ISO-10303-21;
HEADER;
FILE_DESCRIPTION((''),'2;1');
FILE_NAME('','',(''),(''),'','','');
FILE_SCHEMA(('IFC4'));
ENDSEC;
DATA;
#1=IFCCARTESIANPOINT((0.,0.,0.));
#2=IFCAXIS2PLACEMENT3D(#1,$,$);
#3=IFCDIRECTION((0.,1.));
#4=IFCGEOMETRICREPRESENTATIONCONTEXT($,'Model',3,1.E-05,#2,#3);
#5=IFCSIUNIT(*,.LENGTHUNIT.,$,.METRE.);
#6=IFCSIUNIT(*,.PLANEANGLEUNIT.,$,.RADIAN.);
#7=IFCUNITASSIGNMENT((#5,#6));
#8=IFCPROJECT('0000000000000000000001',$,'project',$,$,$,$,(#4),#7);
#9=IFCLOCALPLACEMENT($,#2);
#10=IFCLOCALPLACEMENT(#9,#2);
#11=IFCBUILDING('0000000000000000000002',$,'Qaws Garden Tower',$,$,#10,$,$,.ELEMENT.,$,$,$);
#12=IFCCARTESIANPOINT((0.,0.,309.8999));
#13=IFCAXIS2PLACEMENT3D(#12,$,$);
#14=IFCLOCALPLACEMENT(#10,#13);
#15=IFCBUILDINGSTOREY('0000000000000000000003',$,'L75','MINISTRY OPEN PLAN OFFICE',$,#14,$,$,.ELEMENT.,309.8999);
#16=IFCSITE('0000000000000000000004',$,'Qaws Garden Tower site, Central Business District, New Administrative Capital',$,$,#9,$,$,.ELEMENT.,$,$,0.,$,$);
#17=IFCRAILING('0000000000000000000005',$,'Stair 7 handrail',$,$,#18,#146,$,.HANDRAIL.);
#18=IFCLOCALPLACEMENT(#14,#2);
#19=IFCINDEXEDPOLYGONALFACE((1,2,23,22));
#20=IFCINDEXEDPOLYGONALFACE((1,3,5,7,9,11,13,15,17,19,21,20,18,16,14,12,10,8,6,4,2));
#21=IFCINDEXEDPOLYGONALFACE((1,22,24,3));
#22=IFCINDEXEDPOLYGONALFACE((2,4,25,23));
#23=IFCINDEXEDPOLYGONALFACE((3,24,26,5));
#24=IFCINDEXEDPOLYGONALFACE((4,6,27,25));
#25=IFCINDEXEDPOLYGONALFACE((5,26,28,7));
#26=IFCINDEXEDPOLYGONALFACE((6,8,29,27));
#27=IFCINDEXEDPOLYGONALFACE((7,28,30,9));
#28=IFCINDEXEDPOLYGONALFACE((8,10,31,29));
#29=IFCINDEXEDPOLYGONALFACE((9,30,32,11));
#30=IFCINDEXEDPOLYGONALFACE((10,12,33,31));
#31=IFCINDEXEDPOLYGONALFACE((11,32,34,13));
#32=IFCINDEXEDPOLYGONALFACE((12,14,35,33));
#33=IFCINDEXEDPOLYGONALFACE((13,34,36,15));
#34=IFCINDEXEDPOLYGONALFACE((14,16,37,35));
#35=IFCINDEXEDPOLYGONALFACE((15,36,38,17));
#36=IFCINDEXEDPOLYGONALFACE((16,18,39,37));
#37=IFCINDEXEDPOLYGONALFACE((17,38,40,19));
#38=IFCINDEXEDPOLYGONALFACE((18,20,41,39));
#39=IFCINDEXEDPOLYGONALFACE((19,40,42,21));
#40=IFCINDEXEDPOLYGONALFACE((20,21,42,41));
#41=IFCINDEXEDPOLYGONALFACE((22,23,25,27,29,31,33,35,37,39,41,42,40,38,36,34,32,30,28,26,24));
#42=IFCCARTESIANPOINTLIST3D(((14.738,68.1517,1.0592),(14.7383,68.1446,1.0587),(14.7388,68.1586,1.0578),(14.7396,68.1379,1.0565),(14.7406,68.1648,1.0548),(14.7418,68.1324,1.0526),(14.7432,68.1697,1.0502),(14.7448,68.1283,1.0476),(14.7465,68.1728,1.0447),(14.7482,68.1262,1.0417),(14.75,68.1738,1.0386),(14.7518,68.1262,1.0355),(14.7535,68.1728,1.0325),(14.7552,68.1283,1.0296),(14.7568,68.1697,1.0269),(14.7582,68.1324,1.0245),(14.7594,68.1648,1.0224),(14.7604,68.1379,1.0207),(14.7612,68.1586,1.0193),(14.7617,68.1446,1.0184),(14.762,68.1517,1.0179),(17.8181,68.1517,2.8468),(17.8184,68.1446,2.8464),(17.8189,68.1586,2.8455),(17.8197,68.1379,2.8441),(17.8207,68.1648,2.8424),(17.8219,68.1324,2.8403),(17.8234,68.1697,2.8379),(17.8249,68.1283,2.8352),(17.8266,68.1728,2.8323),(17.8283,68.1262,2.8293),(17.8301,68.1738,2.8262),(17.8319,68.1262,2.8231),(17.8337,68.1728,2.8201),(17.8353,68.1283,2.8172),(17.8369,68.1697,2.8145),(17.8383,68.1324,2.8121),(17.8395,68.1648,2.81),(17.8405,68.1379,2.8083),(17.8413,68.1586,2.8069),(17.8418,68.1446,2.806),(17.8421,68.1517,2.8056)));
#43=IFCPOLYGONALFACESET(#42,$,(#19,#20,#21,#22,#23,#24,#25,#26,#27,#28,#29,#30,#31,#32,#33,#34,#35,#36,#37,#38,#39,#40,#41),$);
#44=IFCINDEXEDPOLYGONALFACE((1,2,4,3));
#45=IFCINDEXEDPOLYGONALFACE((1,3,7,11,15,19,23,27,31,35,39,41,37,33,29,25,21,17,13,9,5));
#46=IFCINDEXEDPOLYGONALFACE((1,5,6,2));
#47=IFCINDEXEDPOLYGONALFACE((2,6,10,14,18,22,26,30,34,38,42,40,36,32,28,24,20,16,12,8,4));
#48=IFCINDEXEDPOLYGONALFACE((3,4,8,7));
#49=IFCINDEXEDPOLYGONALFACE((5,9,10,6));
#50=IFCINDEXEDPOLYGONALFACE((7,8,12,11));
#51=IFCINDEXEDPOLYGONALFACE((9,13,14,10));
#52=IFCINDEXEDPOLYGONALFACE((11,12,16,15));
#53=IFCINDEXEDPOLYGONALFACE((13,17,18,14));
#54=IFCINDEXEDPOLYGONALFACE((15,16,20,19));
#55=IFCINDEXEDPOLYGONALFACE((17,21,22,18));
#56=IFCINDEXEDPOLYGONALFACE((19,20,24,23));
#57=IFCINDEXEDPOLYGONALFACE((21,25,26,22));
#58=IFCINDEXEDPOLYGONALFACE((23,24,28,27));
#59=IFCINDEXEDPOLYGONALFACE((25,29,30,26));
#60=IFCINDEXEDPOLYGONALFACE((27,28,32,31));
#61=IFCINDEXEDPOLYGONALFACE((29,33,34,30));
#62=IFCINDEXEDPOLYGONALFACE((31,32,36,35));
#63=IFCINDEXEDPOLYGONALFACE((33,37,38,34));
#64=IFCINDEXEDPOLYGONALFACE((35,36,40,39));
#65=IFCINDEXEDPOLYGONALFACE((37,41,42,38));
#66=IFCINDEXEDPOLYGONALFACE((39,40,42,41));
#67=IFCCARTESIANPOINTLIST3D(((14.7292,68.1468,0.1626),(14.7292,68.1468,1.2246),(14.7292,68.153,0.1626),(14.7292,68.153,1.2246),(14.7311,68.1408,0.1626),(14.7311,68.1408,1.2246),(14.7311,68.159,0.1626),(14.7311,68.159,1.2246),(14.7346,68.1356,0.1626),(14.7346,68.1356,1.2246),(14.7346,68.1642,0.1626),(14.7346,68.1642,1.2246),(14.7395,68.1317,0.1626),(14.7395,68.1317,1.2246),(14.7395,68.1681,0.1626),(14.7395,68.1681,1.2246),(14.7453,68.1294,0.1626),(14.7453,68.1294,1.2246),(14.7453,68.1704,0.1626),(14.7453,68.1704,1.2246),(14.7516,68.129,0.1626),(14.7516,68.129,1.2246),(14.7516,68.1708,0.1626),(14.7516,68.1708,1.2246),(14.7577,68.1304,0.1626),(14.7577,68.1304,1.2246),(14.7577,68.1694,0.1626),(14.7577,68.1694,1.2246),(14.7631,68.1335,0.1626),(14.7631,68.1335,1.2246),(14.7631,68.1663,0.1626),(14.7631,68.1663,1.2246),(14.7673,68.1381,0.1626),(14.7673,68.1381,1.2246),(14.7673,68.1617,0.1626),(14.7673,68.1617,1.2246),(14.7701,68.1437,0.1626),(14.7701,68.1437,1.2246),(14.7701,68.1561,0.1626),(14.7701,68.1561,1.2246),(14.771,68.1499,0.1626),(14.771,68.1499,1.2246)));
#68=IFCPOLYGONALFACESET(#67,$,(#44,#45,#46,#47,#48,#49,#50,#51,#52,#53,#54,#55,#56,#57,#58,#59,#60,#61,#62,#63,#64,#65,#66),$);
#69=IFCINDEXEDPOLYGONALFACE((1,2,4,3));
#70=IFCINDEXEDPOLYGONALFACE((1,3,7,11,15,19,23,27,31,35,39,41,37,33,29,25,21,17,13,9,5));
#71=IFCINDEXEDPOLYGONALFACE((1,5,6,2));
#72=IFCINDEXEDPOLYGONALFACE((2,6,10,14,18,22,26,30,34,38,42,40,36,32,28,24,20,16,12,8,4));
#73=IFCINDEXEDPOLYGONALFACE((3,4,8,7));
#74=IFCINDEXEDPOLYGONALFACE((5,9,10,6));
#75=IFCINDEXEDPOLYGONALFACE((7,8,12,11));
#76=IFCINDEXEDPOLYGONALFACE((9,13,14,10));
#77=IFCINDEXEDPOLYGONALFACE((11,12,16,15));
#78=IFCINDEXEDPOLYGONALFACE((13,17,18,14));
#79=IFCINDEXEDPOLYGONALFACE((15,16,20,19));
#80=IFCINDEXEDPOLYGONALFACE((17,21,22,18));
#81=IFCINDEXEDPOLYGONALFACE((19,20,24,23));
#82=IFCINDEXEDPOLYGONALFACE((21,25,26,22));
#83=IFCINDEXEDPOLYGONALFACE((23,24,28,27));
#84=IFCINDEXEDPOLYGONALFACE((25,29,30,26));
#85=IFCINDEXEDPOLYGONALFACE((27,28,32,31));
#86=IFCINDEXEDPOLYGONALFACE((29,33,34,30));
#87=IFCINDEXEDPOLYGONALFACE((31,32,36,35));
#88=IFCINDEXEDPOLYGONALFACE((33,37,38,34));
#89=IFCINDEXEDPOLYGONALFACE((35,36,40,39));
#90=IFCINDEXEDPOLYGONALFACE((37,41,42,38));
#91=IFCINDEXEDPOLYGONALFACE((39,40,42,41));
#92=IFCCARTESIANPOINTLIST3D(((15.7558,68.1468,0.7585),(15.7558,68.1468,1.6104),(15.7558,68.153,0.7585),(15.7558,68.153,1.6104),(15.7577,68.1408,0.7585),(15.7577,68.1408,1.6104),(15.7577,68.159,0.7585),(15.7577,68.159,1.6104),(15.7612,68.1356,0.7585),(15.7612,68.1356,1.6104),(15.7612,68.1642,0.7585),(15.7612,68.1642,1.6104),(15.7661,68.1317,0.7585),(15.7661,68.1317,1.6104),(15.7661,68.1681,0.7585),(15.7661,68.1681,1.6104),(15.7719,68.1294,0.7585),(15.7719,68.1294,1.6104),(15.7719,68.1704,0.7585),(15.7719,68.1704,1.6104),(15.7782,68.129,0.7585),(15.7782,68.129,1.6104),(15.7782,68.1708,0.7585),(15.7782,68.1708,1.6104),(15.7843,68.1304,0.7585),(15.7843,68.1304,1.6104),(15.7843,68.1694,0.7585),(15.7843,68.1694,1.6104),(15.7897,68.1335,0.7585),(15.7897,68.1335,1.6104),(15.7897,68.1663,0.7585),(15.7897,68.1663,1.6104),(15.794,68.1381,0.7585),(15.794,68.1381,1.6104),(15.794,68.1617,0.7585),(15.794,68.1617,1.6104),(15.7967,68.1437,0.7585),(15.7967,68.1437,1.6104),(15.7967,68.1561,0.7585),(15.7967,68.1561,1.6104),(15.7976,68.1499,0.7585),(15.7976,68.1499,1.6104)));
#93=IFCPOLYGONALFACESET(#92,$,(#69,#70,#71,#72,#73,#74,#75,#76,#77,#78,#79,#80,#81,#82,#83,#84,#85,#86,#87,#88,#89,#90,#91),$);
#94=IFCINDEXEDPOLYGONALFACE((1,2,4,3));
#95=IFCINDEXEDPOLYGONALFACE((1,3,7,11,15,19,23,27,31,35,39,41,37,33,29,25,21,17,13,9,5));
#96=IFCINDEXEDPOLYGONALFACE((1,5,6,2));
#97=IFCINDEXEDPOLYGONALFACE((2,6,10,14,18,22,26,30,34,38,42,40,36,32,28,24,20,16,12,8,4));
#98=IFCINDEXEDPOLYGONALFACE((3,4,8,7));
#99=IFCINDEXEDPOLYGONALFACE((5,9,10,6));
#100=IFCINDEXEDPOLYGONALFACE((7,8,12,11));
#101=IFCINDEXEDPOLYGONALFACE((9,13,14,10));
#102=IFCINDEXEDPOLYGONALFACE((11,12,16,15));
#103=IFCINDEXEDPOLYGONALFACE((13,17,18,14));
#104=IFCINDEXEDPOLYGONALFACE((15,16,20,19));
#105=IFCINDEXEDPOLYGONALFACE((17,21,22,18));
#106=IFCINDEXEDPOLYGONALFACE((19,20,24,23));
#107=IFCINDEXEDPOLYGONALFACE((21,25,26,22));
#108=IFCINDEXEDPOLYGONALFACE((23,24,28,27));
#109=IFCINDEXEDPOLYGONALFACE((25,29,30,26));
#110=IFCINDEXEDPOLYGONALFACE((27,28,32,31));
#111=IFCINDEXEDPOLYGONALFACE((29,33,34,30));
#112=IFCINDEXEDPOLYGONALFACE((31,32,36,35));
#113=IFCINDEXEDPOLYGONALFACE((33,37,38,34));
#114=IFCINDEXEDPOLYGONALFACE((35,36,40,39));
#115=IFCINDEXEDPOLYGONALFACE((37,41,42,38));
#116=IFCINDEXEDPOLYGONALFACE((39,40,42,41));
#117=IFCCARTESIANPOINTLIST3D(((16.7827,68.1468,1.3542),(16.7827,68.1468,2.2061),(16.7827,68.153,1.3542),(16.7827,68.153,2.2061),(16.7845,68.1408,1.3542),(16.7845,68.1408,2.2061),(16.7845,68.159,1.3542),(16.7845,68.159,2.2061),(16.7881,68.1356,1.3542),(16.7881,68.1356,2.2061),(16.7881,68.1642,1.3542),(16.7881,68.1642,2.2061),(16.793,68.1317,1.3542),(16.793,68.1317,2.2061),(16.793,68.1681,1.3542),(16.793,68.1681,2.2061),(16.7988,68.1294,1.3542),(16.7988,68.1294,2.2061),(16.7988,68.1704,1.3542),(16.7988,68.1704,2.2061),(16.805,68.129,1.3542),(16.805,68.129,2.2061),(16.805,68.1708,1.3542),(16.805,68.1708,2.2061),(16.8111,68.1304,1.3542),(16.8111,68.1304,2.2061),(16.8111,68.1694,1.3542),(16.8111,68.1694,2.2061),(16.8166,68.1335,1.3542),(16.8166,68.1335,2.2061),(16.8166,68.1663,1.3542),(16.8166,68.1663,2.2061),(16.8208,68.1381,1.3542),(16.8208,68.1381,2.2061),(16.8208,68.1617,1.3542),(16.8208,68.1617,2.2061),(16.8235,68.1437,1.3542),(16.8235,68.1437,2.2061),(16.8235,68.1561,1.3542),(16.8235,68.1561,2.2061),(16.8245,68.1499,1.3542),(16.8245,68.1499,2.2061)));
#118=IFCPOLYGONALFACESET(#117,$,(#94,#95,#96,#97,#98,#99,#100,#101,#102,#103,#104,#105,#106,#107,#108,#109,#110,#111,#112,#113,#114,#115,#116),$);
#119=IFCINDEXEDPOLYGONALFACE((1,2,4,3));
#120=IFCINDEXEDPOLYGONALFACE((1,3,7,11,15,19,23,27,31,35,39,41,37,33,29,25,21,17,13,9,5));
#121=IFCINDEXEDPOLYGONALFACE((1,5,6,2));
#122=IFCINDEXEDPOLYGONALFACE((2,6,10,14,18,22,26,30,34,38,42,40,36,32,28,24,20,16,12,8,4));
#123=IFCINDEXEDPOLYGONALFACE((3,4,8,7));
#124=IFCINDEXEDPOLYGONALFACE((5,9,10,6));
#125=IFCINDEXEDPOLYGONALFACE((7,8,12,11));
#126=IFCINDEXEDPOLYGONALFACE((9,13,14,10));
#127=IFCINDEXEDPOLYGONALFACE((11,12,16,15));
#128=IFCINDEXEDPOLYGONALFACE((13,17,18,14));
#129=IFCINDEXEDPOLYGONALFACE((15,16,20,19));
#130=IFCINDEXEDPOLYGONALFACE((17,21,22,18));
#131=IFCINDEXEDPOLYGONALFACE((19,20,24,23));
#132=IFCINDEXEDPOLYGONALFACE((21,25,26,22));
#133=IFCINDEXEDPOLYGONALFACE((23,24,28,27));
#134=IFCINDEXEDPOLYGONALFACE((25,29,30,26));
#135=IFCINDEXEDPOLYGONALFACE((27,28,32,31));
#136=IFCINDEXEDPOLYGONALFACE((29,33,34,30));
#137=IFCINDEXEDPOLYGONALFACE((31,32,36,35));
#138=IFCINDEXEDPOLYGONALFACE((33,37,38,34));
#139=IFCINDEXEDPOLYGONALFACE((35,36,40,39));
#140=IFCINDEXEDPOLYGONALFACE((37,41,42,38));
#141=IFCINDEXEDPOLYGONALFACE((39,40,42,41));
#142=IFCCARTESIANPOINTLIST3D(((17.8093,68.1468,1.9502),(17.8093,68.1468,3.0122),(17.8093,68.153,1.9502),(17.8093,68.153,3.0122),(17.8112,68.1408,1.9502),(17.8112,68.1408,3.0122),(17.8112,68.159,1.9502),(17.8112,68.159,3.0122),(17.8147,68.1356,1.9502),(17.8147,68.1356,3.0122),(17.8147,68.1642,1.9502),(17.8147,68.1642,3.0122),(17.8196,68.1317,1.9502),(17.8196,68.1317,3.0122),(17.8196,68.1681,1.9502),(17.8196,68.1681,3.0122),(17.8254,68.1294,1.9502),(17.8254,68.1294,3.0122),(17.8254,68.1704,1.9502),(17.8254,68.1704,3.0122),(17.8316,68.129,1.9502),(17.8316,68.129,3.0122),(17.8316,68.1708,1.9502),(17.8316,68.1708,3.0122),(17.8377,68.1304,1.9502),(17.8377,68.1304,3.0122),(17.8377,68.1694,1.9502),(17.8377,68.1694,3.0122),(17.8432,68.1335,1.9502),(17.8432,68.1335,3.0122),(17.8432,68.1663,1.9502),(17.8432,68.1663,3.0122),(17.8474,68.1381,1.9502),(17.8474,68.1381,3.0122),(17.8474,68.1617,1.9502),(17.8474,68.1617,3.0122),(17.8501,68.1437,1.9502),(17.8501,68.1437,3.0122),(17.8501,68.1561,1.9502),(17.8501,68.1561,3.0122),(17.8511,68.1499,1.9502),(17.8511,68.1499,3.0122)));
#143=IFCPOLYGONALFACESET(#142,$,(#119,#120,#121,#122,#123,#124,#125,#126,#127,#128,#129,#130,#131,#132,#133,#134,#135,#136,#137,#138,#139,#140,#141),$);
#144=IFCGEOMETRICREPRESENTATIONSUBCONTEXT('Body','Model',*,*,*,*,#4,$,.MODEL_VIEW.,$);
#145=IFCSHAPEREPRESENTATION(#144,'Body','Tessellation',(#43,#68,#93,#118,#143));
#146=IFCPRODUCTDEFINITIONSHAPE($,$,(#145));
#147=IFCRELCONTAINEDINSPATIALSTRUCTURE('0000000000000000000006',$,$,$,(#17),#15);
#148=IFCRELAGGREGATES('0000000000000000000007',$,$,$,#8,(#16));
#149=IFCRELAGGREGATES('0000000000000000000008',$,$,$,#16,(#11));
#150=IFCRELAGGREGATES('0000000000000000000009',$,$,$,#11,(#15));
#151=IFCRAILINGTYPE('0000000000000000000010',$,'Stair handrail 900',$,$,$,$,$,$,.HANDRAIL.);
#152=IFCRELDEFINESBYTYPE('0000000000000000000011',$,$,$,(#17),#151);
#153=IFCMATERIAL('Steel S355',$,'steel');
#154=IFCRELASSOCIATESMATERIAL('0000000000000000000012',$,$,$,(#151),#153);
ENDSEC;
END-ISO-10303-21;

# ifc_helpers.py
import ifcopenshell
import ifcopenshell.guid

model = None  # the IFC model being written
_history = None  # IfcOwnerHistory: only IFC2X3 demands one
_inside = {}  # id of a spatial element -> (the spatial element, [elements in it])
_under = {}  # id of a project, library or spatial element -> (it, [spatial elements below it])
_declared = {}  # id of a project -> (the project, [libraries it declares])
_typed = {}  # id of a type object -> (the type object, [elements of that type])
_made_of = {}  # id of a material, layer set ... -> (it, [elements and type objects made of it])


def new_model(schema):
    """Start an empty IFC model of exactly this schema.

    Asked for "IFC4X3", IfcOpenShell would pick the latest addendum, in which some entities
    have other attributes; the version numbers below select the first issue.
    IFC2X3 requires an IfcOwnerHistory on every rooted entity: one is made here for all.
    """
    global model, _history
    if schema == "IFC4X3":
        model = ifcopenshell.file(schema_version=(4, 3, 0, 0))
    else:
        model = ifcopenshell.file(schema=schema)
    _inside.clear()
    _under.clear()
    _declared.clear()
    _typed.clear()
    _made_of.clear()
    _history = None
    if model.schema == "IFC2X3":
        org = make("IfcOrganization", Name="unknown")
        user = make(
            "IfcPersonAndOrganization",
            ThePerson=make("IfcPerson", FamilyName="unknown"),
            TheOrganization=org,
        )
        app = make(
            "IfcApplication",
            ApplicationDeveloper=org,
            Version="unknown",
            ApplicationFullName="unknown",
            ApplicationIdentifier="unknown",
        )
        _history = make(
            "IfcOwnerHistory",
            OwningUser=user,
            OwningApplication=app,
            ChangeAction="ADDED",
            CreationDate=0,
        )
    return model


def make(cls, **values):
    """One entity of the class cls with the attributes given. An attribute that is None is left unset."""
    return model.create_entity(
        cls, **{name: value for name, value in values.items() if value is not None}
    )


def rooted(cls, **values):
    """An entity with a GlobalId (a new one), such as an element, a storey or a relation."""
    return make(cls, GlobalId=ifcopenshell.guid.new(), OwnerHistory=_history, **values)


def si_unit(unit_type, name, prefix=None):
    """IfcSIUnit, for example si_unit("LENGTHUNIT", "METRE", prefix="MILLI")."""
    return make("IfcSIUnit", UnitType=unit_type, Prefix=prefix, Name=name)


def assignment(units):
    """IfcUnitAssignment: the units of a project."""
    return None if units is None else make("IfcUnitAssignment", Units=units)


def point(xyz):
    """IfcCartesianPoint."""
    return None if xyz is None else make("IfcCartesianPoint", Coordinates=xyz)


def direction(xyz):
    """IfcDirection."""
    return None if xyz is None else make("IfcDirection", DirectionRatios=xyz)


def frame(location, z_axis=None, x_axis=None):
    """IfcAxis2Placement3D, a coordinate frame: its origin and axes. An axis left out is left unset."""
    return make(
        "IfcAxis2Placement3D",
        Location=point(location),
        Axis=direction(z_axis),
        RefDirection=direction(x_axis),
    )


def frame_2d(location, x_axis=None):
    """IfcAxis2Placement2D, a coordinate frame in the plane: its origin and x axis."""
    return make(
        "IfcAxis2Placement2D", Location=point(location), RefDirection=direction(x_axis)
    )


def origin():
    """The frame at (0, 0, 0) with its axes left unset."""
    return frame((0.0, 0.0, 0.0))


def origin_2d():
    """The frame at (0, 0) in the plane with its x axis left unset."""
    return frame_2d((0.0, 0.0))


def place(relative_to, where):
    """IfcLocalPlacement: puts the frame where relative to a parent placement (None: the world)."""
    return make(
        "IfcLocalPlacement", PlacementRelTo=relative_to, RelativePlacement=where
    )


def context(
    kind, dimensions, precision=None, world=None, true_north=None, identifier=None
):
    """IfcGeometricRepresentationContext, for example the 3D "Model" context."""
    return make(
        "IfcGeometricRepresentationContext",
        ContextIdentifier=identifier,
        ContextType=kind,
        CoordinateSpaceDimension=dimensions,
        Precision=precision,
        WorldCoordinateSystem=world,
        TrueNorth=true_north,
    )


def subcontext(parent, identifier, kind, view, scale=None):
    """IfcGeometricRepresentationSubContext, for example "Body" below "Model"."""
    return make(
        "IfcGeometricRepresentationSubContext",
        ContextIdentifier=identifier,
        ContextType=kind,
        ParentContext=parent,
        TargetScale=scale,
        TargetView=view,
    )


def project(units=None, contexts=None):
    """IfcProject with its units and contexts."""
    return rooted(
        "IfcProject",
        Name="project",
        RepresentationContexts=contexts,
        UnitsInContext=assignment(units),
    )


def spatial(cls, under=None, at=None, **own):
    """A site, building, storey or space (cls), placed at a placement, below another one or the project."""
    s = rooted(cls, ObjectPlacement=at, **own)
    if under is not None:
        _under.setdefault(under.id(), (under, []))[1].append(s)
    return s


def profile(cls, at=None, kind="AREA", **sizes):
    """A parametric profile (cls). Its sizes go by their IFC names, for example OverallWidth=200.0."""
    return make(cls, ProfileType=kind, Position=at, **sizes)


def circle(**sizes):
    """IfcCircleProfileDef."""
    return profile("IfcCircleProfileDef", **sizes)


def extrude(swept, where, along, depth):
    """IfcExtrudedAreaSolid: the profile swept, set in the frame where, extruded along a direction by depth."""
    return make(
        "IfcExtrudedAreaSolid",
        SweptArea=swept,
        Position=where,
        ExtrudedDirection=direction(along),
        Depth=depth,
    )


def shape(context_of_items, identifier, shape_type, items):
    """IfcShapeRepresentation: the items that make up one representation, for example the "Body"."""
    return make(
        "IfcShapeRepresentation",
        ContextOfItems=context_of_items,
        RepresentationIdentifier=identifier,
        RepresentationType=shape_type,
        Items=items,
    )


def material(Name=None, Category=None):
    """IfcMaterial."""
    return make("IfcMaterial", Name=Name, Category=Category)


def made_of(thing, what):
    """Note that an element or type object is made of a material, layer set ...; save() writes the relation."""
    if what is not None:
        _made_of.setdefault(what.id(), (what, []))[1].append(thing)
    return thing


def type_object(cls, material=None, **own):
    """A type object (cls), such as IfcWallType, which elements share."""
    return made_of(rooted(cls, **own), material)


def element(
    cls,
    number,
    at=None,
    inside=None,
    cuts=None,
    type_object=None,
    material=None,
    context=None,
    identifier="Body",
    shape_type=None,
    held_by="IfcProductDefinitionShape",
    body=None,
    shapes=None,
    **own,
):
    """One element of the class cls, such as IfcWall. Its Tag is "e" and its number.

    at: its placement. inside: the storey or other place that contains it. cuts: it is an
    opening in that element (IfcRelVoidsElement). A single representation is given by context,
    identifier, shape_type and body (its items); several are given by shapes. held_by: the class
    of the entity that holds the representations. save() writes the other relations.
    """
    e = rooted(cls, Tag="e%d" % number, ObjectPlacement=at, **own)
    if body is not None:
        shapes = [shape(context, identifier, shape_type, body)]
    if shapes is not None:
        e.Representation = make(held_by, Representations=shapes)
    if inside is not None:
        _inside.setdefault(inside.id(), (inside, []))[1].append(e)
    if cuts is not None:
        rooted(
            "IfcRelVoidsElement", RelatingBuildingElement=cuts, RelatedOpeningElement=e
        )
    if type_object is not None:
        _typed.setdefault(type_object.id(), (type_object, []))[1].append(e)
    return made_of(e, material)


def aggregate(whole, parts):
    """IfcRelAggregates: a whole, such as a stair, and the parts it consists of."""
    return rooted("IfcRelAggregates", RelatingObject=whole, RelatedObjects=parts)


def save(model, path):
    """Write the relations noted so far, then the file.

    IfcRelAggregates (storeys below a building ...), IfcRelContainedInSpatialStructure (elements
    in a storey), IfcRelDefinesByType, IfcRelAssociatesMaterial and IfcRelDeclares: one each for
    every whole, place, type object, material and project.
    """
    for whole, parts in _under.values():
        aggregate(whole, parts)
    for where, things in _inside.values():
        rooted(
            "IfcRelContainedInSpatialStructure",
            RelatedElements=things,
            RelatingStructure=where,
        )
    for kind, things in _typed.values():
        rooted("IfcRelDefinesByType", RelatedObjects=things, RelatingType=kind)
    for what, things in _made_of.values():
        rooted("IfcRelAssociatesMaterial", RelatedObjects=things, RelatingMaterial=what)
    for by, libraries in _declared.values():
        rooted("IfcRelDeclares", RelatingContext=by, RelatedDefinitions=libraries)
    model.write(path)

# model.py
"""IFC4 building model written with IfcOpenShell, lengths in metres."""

from ifc_helpers import new_model, si_unit, direction, frame, origin, origin_2d, place, context, subcontext, project, spatial, circle, extrude, material, type_object, element, save


model = new_model("IFC4")

# Units and contexts
model_context = context("Model", 3, precision=1e-05, world=origin(), true_north=direction((0.0, 1.0)))
body_context = subcontext(model_context, "Body", "Model", "MODEL_VIEW")
ifc_project = project(units=[si_unit("LENGTHUNIT", "METRE"), si_unit("PLANEANGLEUNIT", "RADIAN")], contexts=[model_context])

# Site, building, storey
site_placement = place(None, origin())
site = spatial("IfcSite", under=ifc_project, at=site_placement, Name="Qaws Garden Tower site, Central Business District, New Administrative Capital", CompositionType="ELEMENT", RefElevation=0.0)
building_placement = place(site_placement, origin())
building = spatial("IfcBuilding", under=site, at=building_placement, Name="Qaws Garden Tower", CompositionType="ELEMENT")
storey_placement = place(building_placement, frame((0.0, 0.0, 309.8999)))
storey = spatial("IfcBuildingStorey", under=building, at=storey_placement, Name="L75", Description="MINISTRY OPEN PLAN OFFICE", CompositionType="ELEMENT", Elevation=309.8999)

# Railing
ifc_material_1 = material(Name="Steel S355", Category="steel")
railing_type = type_object("IfcRailingType", Name="Stair handrail 900", PredefinedType="HANDRAIL", material=ifc_material_1)
railing_1_placement = place(storey_placement, frame((14.75, 68.1499, 0.1626)))
element("IfcRailing", 1, at=railing_1_placement, inside=storey, type_object=railing_type, Name="Stair 7 handrail", PredefinedType="HANDRAIL", context=body_context, shape_type="SweptSolid", body=[
    extrude(circle(Radius=0.0239, at=origin_2d()), frame((0.0, 0.0, 0.876), z_axis=(0.864891, 0.0, 0.50196), x_axis=(0.0, 1.0, 0.0)), (0.0, 0.0, 1.0), 3.5613),
    extrude(circle(Radius=0.021, at=origin_2d()), origin(), (0.0, 0.0, 1.0), 1.062),
    extrude(circle(Radius=0.021, at=origin_2d()), frame((1.0266, 0.0, 0.5959)), (0.0, 0.0, 1.0), 0.8518),
    extrude(circle(Radius=0.021, at=origin_2d()), frame((2.0535, 0.0, 1.1917)), (0.0, 0.0, 1.0), 0.8518),
    extrude(circle(Radius=0.021, at=origin_2d()), frame((3.0801, 0.0, 1.7876)), (0.0, 0.0, 1.0), 1.062),
])

save(model, "model.ifc")
